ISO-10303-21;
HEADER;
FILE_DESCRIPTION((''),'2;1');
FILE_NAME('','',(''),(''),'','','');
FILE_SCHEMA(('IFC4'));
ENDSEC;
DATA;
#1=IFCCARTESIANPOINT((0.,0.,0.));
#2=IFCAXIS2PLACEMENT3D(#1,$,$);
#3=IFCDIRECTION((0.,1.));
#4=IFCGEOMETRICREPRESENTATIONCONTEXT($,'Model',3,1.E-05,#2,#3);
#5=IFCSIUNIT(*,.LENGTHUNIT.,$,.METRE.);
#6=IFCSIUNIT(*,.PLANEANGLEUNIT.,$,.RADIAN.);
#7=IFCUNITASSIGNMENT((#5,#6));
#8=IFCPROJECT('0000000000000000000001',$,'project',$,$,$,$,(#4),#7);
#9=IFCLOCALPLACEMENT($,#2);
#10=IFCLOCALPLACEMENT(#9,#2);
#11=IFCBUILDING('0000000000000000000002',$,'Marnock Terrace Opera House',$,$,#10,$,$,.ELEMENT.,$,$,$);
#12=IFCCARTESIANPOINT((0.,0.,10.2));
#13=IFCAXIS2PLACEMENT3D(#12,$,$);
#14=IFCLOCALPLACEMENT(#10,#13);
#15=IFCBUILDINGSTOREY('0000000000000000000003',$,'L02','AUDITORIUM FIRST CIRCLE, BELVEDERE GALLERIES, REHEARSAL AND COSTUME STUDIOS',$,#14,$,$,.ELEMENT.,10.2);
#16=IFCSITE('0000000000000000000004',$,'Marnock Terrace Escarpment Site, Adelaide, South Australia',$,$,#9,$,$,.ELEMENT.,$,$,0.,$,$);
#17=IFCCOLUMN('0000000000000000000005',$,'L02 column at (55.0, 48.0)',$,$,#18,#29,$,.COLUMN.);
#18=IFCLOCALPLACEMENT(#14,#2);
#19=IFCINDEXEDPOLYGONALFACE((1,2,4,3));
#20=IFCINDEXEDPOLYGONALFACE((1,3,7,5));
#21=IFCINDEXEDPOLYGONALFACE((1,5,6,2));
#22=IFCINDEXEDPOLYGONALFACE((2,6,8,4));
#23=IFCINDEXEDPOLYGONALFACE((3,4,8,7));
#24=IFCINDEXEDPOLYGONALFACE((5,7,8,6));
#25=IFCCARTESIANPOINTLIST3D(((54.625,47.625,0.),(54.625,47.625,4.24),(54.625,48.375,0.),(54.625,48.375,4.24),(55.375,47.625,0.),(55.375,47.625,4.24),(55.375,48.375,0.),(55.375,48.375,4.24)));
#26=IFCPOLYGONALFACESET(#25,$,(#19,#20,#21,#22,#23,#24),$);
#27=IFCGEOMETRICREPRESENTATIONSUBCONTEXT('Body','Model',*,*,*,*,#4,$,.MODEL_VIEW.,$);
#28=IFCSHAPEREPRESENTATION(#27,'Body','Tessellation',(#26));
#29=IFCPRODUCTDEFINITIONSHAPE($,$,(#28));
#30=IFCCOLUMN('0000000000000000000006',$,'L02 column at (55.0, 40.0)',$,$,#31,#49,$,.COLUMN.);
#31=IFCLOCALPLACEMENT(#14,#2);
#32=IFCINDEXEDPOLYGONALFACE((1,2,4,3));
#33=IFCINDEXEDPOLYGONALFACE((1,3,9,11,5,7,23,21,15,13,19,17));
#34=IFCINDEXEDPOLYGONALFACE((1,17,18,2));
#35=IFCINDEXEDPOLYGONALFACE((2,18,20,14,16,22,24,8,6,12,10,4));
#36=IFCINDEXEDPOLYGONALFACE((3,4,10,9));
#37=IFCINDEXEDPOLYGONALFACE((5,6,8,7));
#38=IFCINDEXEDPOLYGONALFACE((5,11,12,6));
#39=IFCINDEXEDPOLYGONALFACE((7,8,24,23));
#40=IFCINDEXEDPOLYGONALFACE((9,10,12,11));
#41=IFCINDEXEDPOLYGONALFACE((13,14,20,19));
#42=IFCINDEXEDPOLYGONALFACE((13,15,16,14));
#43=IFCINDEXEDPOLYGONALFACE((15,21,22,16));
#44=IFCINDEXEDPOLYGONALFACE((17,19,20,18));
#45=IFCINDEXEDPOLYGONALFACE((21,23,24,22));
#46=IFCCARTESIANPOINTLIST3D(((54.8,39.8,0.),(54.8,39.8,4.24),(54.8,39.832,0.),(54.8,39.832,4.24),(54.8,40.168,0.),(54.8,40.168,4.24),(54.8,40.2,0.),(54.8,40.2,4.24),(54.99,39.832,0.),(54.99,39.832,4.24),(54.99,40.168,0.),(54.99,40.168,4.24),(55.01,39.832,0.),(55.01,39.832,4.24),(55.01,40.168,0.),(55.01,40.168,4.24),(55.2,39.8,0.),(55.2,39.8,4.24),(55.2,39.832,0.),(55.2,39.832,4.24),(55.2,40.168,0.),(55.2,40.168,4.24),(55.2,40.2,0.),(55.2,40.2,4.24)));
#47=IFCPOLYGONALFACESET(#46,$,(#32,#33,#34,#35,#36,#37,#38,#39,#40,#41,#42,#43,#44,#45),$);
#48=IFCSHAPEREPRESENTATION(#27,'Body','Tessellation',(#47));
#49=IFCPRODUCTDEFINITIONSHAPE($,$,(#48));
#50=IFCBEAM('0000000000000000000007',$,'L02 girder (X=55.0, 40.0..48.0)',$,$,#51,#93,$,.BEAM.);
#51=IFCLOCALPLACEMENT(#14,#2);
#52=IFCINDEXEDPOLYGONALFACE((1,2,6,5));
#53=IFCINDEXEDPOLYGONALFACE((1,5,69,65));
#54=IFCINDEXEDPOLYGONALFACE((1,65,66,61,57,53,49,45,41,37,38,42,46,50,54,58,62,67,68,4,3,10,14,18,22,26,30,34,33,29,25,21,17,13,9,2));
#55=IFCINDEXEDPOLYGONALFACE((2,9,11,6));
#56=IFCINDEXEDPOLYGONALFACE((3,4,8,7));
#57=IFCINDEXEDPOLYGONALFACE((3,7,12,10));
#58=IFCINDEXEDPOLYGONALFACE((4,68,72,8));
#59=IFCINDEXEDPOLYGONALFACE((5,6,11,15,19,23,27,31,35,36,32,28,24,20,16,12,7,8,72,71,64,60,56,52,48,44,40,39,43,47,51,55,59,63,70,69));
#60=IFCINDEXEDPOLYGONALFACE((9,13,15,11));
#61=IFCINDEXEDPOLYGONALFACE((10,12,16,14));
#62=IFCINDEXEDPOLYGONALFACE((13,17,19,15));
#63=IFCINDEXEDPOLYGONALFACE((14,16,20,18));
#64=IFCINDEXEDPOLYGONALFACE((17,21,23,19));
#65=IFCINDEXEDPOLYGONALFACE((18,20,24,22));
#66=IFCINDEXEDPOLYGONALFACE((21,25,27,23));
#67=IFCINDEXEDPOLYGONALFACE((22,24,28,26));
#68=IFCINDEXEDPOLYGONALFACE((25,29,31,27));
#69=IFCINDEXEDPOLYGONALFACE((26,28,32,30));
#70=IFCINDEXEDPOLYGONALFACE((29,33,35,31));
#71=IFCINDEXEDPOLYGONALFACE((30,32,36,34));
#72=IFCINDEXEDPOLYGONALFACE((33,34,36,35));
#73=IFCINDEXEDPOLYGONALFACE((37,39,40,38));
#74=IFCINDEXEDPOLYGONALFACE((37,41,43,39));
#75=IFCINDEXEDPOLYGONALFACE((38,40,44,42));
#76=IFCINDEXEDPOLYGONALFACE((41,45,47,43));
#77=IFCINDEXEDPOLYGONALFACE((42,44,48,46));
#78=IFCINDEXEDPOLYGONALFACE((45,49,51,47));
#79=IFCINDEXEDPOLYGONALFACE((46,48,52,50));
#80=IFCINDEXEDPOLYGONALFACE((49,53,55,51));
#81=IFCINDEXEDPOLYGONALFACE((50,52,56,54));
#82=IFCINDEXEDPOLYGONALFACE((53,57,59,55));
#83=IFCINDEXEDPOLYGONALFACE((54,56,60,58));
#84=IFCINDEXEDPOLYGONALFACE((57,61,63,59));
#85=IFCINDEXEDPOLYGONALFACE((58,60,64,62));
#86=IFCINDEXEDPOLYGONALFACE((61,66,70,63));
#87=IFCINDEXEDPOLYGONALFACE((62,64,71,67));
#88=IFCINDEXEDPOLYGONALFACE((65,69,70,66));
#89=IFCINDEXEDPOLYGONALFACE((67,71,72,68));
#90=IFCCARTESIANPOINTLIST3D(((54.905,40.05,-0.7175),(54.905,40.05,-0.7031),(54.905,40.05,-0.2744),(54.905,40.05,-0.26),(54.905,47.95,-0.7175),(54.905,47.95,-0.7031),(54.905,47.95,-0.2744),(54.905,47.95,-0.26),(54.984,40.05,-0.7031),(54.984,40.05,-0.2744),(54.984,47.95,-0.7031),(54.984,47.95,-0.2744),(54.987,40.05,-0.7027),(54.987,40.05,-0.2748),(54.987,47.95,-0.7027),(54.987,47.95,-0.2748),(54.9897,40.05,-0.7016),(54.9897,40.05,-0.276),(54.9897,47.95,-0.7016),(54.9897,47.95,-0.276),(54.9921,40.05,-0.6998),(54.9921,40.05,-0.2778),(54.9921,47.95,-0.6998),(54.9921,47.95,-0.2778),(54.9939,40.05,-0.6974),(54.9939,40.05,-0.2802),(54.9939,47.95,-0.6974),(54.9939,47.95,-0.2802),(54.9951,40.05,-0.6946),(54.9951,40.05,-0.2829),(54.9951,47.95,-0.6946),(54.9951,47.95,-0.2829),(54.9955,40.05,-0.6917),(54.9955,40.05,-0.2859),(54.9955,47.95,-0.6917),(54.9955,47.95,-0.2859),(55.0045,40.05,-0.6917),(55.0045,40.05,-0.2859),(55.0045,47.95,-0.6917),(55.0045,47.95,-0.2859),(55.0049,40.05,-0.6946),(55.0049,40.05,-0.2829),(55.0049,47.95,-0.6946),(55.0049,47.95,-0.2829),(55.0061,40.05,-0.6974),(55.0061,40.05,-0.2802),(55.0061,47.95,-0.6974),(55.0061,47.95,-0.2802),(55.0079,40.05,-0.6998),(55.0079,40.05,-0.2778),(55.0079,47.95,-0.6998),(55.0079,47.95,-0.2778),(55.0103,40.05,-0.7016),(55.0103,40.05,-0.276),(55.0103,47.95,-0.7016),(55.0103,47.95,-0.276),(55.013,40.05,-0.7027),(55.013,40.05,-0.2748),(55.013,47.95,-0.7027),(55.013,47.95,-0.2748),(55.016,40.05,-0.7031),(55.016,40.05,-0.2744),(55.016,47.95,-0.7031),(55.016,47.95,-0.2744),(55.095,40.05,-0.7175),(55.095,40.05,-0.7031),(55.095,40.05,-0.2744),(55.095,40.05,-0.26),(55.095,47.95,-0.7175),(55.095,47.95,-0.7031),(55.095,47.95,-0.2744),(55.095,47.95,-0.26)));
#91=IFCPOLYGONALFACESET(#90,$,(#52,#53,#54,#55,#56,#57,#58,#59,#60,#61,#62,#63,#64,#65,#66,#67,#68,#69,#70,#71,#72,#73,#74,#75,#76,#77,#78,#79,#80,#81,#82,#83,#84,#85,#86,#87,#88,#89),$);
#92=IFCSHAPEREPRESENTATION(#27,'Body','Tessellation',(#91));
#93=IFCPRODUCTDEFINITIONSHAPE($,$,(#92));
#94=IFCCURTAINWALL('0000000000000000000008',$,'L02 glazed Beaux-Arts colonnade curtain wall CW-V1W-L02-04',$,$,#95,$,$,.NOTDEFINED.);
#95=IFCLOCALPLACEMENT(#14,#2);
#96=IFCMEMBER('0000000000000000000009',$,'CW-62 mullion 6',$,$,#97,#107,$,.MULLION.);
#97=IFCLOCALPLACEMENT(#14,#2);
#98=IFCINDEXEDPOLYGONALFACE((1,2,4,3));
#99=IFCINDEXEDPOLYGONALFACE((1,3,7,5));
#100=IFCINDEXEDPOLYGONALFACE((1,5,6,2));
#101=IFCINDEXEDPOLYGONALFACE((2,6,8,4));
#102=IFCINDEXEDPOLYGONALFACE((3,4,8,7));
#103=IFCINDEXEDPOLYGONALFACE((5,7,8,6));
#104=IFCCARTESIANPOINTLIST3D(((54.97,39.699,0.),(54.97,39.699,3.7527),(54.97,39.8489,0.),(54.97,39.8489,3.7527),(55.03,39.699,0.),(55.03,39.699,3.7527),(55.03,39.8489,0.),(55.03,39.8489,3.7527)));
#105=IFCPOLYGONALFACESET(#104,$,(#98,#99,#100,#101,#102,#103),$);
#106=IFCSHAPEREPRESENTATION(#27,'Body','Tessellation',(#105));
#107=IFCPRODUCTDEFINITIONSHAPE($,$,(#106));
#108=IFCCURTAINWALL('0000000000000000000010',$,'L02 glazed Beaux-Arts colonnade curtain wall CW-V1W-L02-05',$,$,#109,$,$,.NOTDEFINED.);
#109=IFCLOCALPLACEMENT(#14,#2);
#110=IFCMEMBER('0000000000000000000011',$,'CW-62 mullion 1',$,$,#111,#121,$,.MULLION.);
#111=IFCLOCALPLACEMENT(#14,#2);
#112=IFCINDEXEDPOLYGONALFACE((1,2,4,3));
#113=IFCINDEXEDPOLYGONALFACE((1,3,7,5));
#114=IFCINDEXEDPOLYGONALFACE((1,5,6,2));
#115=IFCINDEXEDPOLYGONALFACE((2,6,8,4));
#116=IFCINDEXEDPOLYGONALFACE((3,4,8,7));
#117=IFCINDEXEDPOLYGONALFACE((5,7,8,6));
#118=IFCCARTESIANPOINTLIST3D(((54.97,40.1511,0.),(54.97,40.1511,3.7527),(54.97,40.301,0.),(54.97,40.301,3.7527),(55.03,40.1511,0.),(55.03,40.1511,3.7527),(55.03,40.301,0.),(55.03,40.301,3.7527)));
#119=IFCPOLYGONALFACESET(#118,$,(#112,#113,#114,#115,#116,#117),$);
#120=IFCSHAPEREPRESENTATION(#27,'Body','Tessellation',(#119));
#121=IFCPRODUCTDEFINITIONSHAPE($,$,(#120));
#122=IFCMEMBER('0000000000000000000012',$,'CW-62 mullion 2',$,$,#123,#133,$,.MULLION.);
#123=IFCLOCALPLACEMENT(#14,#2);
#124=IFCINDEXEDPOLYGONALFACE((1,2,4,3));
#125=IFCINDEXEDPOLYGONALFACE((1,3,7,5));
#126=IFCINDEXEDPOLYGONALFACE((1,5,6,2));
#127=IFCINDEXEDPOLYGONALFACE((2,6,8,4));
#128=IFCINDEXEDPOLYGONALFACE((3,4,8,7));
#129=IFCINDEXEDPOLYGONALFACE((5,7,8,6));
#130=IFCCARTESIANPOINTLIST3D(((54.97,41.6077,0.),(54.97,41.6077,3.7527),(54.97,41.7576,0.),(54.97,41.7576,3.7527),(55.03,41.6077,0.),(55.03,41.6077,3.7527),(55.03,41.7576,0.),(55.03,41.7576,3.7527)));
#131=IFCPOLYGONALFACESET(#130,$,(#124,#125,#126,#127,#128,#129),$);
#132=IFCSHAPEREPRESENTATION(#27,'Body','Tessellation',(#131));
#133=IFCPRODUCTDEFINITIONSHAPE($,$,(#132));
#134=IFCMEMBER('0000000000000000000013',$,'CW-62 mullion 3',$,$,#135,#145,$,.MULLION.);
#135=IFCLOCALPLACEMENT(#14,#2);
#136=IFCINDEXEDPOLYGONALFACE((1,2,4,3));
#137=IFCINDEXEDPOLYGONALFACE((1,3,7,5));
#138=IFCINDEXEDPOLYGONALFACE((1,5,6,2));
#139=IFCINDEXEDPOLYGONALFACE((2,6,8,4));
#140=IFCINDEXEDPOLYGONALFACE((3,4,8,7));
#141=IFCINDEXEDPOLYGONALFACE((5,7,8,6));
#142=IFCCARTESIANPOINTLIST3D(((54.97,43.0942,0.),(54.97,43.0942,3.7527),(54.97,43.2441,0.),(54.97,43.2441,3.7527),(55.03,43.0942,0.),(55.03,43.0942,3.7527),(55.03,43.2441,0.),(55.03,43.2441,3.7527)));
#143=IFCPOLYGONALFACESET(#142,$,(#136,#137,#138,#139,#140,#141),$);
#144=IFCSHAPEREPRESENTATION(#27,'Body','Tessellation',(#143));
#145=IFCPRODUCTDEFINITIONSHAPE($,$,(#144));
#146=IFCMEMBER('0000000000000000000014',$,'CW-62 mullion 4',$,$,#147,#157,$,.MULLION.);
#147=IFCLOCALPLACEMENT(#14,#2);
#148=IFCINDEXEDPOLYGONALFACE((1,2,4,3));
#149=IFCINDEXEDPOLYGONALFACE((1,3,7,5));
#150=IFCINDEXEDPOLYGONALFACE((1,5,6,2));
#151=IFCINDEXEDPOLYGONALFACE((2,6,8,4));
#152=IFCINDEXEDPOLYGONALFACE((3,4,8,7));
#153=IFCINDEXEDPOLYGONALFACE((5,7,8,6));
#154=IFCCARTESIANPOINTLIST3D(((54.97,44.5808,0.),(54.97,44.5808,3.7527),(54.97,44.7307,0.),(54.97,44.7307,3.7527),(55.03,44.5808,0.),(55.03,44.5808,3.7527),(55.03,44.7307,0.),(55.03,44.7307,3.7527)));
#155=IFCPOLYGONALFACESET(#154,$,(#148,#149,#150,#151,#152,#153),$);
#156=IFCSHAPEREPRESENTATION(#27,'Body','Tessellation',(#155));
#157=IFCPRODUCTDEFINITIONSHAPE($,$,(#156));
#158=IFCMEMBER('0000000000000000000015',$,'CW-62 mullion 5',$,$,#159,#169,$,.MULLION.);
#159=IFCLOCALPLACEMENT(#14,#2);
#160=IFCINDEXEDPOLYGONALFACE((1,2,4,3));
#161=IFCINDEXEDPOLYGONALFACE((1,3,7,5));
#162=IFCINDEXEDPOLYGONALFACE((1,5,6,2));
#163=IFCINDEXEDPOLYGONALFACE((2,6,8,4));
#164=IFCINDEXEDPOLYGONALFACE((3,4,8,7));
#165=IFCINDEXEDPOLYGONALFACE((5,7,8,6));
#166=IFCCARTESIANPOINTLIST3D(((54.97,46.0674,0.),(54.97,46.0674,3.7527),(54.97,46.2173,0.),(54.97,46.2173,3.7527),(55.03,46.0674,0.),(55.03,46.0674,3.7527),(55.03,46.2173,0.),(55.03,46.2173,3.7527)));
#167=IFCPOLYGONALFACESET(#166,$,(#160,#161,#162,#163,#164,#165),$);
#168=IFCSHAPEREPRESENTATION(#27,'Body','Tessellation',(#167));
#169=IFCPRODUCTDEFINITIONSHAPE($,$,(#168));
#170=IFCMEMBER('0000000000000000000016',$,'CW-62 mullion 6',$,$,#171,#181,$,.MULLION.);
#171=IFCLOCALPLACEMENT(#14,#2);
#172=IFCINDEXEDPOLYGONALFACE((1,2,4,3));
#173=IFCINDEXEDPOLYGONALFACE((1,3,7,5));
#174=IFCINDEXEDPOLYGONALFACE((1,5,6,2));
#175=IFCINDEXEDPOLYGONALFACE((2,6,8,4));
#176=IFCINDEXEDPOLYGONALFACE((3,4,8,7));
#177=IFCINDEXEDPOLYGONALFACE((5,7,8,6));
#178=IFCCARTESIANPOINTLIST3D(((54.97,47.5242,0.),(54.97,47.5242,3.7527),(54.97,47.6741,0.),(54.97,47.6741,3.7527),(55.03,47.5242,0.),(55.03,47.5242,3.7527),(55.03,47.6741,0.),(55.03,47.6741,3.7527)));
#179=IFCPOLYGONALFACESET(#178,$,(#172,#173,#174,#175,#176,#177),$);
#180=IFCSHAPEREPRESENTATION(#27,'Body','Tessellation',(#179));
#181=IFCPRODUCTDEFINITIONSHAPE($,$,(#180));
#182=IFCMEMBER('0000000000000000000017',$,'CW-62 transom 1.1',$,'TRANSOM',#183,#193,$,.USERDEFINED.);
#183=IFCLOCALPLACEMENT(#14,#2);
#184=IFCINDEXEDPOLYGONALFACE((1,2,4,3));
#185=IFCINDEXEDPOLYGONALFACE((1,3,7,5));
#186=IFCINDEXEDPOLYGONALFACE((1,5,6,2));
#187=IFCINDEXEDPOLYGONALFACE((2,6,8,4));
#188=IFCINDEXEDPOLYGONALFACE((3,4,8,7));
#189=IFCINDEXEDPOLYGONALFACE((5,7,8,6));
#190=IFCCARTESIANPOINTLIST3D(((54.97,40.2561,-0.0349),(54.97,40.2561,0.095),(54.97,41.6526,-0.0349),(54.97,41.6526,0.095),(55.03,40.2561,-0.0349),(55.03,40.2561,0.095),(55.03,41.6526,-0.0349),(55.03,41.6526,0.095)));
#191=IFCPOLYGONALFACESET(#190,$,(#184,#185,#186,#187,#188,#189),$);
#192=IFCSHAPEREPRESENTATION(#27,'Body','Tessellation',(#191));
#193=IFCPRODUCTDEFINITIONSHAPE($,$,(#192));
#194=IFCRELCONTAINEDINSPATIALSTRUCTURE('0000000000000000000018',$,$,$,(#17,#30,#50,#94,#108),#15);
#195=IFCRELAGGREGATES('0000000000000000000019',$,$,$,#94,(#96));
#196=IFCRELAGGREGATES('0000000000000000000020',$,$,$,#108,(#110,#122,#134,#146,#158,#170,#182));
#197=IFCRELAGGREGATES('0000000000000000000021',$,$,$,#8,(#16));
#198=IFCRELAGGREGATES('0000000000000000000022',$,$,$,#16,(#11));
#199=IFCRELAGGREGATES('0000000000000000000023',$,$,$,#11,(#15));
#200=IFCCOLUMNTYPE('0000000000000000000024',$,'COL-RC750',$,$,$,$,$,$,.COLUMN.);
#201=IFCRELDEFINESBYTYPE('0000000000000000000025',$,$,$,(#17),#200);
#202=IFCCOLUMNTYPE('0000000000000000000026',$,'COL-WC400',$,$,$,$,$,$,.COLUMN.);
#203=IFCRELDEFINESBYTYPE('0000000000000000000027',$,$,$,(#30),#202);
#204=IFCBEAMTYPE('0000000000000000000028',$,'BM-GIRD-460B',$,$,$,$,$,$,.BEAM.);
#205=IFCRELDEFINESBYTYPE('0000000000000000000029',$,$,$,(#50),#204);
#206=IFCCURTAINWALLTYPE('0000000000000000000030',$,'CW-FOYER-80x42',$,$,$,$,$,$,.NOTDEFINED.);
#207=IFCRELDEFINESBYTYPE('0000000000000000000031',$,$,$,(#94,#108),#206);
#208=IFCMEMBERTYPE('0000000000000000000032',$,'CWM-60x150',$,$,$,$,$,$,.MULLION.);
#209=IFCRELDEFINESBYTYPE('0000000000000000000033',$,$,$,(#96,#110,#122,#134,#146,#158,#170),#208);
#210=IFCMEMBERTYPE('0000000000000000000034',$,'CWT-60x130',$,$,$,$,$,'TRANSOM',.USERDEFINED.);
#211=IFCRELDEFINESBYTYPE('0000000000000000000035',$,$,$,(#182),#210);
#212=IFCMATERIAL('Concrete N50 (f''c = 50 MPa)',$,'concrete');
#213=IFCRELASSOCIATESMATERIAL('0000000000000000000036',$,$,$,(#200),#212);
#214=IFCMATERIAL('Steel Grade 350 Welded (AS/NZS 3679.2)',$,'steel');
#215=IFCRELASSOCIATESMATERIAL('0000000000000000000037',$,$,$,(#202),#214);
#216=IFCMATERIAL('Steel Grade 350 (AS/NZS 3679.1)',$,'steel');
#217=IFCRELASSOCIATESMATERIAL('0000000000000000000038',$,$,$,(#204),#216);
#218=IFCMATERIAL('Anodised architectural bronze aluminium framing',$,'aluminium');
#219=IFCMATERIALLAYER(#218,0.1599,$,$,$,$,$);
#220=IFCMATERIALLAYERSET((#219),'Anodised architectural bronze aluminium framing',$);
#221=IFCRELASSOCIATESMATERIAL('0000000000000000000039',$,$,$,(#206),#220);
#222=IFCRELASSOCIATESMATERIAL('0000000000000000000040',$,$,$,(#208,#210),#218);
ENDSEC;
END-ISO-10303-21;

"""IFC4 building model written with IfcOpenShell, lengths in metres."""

from ifc_helpers import new_model, si_unit, direction, frame, origin, origin_2d, place, context, subcontext, project, spatial, rectangle, i_section, extrude, material, layer, layer_set, material_profile, profile_set, type_object, element, aggregate, save


model = new_model("IFC4")

# Units and contexts
model_context = context("Model", 3, precision=1e-05, world=origin(), true_north=direction((0.0, 1.0)))
body_context = subcontext(model_context, "Body", "Model", "MODEL_VIEW")
ifc_project = project(units=[si_unit("LENGTHUNIT", "METRE"), si_unit("PLANEANGLEUNIT", "RADIAN")], contexts=[model_context])

# Site, building, storey
site_placement = place(None, origin())
site = spatial("IfcSite", under=ifc_project, at=site_placement, Name="Marnock Terrace Escarpment Site, Adelaide, South Australia", CompositionType="ELEMENT", RefElevation=0.0)
building_placement = place(site_placement, origin())
building = spatial("IfcBuilding", under=site, at=building_placement, Name="Marnock Terrace Opera House", CompositionType="ELEMENT")
storey_placement = place(building_placement, frame((0.0, 0.0, 10.2)))
storey = spatial("IfcBuildingStorey", under=building, at=storey_placement, Name="L02", Description="AUDITORIUM FIRST CIRCLE, BELVEDERE GALLERIES, REHEARSAL AND COSTUME STUDIOS", CompositionType="ELEMENT", Elevation=10.2)

# Columns
ifc_material_1 = material(Name="Concrete N50 (f'c = 50 MPa)", Category="concrete")
ifc_material_profile_1 = material_profile(ifc_material_1, rectangle(XDim=0.75, YDim=0.75, at=origin_2d()))
ifc_profile_set_1 = profile_set([ifc_material_profile_1], Name="Concrete N50 (f'c = 50 MPa)")
column_type_1 = type_object("IfcColumnType", Name="COL-RC750", PredefinedType="COLUMN", material=ifc_profile_set_1)
column_1_placement = place(storey_placement, frame((55.0, 48.0, 0.0), z_axis=(0.0, 0.0, 1.0), x_axis=(1.0, 0.0, 0.0)))
element("IfcColumn", 1, at=column_1_placement, inside=storey, type_object=column_type_1, Name="L02 column at (55.0, 48.0)", PredefinedType="COLUMN", context=body_context, shape_type="SweptSolid", body=[
    extrude(rectangle(XDim=0.75, YDim=0.75, at=origin_2d()), origin(), (0.0, 0.0, 1.0), 4.24),
])
ifc_material_2 = material(Name="Steel Grade 350 Welded (AS/NZS 3679.2)", Category="steel")
ifc_material_profile_2 = material_profile(ifc_material_2, i_section(OverallWidth=0.3999, OverallDepth=0.3999, WebThickness=0.02, FlangeThickness=0.032, at=origin_2d()))
ifc_profile_set_2 = profile_set([ifc_material_profile_2], Name="Steel Grade 350 Welded (AS/NZS 3679.2)")
column_type_2 = type_object("IfcColumnType", Name="COL-WC400", PredefinedType="COLUMN", material=ifc_profile_set_2)
column_2_placement = place(storey_placement, frame((55.0, 40.0, 0.0), z_axis=(0.0, 0.0, 1.0), x_axis=(1.0, 0.0, 0.0)))
element("IfcColumn", 2, at=column_2_placement, inside=storey, type_object=column_type_2, Name="L02 column at (55.0, 40.0)", PredefinedType="COLUMN", context=body_context, shape_type="SweptSolid", body=[
    extrude(i_section(OverallWidth=0.3999, OverallDepth=0.3999, WebThickness=0.02, FlangeThickness=0.032, at=origin_2d()), origin(), (0.0, 0.0, 1.0), 4.24),
])

# Beam
ifc_material_3 = material(Name="Steel Grade 350 (AS/NZS 3679.1)", Category="steel")
ifc_material_profile_3 = material_profile(ifc_material_3, i_section(OverallWidth=0.1899, OverallDepth=0.4575, WebThickness=0.009, FlangeThickness=0.0144, FilletRadius=0.0115, at=origin_2d()))
ifc_profile_set_3 = profile_set([ifc_material_profile_3], Name="Steel Grade 350 (AS/NZS 3679.1)")
beam_type = type_object("IfcBeamType", Name="BM-GIRD-460B", PredefinedType="BEAM", material=ifc_profile_set_3)
beam_placement = place(storey_placement, frame((55.0, 40.05, -0.4888), z_axis=(0.0, 1.0, 0.0), x_axis=(-1.0, 0.0, 0.0)))
element("IfcBeam", 3, at=beam_placement, inside=storey, type_object=beam_type, Name="L02 girder (X=55.0, 40.0..48.0)", PredefinedType="BEAM", context=body_context, shape_type="SweptSolid", body=[
    extrude(i_section(OverallWidth=0.1899, OverallDepth=0.4575, WebThickness=0.009, FlangeThickness=0.0144, FilletRadius=0.0115, at=origin_2d()), origin(), (0.0, 0.0, 1.0), 7.8999),
])

# Curtain wall, member
ifc_material_4 = material(Name="Anodised architectural bronze aluminium framing", Category="aluminium")
ifc_layer_1 = layer(ifc_material_4, 0.1599)
ifc_layer_set_1 = layer_set([ifc_layer_1], Name="Anodised architectural bronze aluminium framing")
curtain_wall_type = type_object("IfcCurtainWallType", Name="CW-FOYER-80x42", PredefinedType="NOTDEFINED", material=ifc_layer_set_1)
curtain_wall_1_placement = place(storey_placement, origin())
curtain_wall_1 = element("IfcCurtainWall", 4, at=curtain_wall_1_placement, inside=storey, type_object=curtain_wall_type, Name="L02 glazed Beaux-Arts colonnade curtain wall CW-V1W-L02-04", PredefinedType="NOTDEFINED")
ifc_material_profile_4 = material_profile(ifc_material_4, rectangle(XDim=0.0601, YDim=0.1499, at=origin_2d()))
ifc_profile_set_4 = profile_set([ifc_material_profile_4], Name="Anodised architectural bronze aluminium framing")
member_type_1 = type_object("IfcMemberType", Name="CWM-60x150", PredefinedType="MULLION", material=ifc_profile_set_4)
member_1_placement = place(storey_placement, frame((55.0, 39.7739, 0.0), z_axis=(0.0, 0.0, 1.0), x_axis=(-1.0, 0.0, 0.0)))
member_1 = element("IfcMember", 5, at=member_1_placement, type_object=member_type_1, Name="CW-62 mullion 6", PredefinedType="MULLION", context=body_context, shape_type="SweptSolid", body=[
    extrude(rectangle(XDim=0.0601, YDim=0.1499, at=origin_2d()), origin(), (0.0, 0.0, 1.0), 3.7527),
])

# Curtain wall, members
curtain_wall_2_placement = place(storey_placement, origin())
curtain_wall_2 = element("IfcCurtainWall", 6, at=curtain_wall_2_placement, inside=storey, type_object=curtain_wall_type, Name="L02 glazed Beaux-Arts colonnade curtain wall CW-V1W-L02-05", PredefinedType="NOTDEFINED")
member_2_placement = place(storey_placement, frame((55.0, 40.2261, 0.0), z_axis=(0.0, 0.0, 1.0), x_axis=(-1.0, 0.0, 0.0)))
member_2 = element("IfcMember", 7, at=member_2_placement, type_object=member_type_1, Name="CW-62 mullion 1", PredefinedType="MULLION", context=body_context, shape_type="SweptSolid", body=[
    extrude(rectangle(XDim=0.0601, YDim=0.1499, at=origin_2d()), origin(), (0.0, 0.0, 1.0), 3.7527),
])
member_3_placement = place(storey_placement, frame((55.0, 41.6826, 0.0), z_axis=(0.0, 0.0, 1.0), x_axis=(-1.0, 0.0, 0.0)))
member_3 = element("IfcMember", 8, at=member_3_placement, type_object=member_type_1, Name="CW-62 mullion 2", PredefinedType="MULLION", context=body_context, shape_type="SweptSolid", body=[
    extrude(rectangle(XDim=0.0601, YDim=0.1499, at=origin_2d()), origin(), (0.0, 0.0, 1.0), 3.7527),
])
member_4_placement = place(storey_placement, frame((55.0, 43.1692, 0.0), z_axis=(0.0, 0.0, 1.0), x_axis=(-1.0, 0.0, 0.0)))
member_4 = element("IfcMember", 9, at=member_4_placement, type_object=member_type_1, Name="CW-62 mullion 3", PredefinedType="MULLION", context=body_context, shape_type="SweptSolid", body=[
    extrude(rectangle(XDim=0.0601, YDim=0.1499, at=origin_2d()), origin(), (0.0, 0.0, 1.0), 3.7527),
])
member_5_placement = place(storey_placement, frame((55.0, 44.6558, 0.0), z_axis=(0.0, 0.0, 1.0), x_axis=(-1.0, 0.0, 0.0)))
member_5 = element("IfcMember", 10, at=member_5_placement, type_object=member_type_1, Name="CW-62 mullion 4", PredefinedType="MULLION", context=body_context, shape_type="SweptSolid", body=[
    extrude(rectangle(XDim=0.0601, YDim=0.1499, at=origin_2d()), origin(), (0.0, 0.0, 1.0), 3.7527),
])
member_6_placement = place(storey_placement, frame((55.0, 46.1423, 0.0), z_axis=(0.0, 0.0, 1.0), x_axis=(-1.0, 0.0, 0.0)))
member_6 = element("IfcMember", 11, at=member_6_placement, type_object=member_type_1, Name="CW-62 mullion 5", PredefinedType="MULLION", context=body_context, shape_type="SweptSolid", body=[
    extrude(rectangle(XDim=0.0601, YDim=0.1499, at=origin_2d()), origin(), (0.0, 0.0, 1.0), 3.7527),
])
member_7_placement = place(storey_placement, frame((55.0, 47.5991, 0.0), z_axis=(0.0, 0.0, 1.0), x_axis=(-1.0, 0.0, 0.0)))
member_7 = element("IfcMember", 12, at=member_7_placement, type_object=member_type_1, Name="CW-62 mullion 6", PredefinedType="MULLION", context=body_context, shape_type="SweptSolid", body=[
    extrude(rectangle(XDim=0.0601, YDim=0.1499, at=origin_2d()), origin(), (0.0, 0.0, 1.0), 3.7527),
])
ifc_material_profile_5 = material_profile(ifc_material_4, rectangle(XDim=0.0601, YDim=0.1299, at=origin_2d()))
ifc_profile_set_5 = profile_set([ifc_material_profile_5], Name="Anodised architectural bronze aluminium framing")
member_type_2 = type_object("IfcMemberType", Name="CWT-60x130", ElementType="TRANSOM", PredefinedType="USERDEFINED", material=ifc_profile_set_5)
member_8_placement = place(storey_placement, frame((55.0, 40.2561, 0.03), z_axis=(0.0, 1.0, 0.0), x_axis=(-1.0, 0.0, 0.0)))
member_8 = element("IfcMember", 13, at=member_8_placement, type_object=member_type_2, Name="CW-62 transom 1.1", ObjectType="TRANSOM", PredefinedType="USERDEFINED", context=body_context, shape_type="SweptSolid", body=[
    extrude(rectangle(XDim=0.0601, YDim=0.1299, at=origin_2d()), origin(), (0.0, 0.0, 1.0), 1.3965),
])

aggregate(curtain_wall_1, [member_1])
aggregate(curtain_wall_2, [member_2, member_3, member_4, member_5, member_6, member_7, member_8])

save(model, "model.ifc")
